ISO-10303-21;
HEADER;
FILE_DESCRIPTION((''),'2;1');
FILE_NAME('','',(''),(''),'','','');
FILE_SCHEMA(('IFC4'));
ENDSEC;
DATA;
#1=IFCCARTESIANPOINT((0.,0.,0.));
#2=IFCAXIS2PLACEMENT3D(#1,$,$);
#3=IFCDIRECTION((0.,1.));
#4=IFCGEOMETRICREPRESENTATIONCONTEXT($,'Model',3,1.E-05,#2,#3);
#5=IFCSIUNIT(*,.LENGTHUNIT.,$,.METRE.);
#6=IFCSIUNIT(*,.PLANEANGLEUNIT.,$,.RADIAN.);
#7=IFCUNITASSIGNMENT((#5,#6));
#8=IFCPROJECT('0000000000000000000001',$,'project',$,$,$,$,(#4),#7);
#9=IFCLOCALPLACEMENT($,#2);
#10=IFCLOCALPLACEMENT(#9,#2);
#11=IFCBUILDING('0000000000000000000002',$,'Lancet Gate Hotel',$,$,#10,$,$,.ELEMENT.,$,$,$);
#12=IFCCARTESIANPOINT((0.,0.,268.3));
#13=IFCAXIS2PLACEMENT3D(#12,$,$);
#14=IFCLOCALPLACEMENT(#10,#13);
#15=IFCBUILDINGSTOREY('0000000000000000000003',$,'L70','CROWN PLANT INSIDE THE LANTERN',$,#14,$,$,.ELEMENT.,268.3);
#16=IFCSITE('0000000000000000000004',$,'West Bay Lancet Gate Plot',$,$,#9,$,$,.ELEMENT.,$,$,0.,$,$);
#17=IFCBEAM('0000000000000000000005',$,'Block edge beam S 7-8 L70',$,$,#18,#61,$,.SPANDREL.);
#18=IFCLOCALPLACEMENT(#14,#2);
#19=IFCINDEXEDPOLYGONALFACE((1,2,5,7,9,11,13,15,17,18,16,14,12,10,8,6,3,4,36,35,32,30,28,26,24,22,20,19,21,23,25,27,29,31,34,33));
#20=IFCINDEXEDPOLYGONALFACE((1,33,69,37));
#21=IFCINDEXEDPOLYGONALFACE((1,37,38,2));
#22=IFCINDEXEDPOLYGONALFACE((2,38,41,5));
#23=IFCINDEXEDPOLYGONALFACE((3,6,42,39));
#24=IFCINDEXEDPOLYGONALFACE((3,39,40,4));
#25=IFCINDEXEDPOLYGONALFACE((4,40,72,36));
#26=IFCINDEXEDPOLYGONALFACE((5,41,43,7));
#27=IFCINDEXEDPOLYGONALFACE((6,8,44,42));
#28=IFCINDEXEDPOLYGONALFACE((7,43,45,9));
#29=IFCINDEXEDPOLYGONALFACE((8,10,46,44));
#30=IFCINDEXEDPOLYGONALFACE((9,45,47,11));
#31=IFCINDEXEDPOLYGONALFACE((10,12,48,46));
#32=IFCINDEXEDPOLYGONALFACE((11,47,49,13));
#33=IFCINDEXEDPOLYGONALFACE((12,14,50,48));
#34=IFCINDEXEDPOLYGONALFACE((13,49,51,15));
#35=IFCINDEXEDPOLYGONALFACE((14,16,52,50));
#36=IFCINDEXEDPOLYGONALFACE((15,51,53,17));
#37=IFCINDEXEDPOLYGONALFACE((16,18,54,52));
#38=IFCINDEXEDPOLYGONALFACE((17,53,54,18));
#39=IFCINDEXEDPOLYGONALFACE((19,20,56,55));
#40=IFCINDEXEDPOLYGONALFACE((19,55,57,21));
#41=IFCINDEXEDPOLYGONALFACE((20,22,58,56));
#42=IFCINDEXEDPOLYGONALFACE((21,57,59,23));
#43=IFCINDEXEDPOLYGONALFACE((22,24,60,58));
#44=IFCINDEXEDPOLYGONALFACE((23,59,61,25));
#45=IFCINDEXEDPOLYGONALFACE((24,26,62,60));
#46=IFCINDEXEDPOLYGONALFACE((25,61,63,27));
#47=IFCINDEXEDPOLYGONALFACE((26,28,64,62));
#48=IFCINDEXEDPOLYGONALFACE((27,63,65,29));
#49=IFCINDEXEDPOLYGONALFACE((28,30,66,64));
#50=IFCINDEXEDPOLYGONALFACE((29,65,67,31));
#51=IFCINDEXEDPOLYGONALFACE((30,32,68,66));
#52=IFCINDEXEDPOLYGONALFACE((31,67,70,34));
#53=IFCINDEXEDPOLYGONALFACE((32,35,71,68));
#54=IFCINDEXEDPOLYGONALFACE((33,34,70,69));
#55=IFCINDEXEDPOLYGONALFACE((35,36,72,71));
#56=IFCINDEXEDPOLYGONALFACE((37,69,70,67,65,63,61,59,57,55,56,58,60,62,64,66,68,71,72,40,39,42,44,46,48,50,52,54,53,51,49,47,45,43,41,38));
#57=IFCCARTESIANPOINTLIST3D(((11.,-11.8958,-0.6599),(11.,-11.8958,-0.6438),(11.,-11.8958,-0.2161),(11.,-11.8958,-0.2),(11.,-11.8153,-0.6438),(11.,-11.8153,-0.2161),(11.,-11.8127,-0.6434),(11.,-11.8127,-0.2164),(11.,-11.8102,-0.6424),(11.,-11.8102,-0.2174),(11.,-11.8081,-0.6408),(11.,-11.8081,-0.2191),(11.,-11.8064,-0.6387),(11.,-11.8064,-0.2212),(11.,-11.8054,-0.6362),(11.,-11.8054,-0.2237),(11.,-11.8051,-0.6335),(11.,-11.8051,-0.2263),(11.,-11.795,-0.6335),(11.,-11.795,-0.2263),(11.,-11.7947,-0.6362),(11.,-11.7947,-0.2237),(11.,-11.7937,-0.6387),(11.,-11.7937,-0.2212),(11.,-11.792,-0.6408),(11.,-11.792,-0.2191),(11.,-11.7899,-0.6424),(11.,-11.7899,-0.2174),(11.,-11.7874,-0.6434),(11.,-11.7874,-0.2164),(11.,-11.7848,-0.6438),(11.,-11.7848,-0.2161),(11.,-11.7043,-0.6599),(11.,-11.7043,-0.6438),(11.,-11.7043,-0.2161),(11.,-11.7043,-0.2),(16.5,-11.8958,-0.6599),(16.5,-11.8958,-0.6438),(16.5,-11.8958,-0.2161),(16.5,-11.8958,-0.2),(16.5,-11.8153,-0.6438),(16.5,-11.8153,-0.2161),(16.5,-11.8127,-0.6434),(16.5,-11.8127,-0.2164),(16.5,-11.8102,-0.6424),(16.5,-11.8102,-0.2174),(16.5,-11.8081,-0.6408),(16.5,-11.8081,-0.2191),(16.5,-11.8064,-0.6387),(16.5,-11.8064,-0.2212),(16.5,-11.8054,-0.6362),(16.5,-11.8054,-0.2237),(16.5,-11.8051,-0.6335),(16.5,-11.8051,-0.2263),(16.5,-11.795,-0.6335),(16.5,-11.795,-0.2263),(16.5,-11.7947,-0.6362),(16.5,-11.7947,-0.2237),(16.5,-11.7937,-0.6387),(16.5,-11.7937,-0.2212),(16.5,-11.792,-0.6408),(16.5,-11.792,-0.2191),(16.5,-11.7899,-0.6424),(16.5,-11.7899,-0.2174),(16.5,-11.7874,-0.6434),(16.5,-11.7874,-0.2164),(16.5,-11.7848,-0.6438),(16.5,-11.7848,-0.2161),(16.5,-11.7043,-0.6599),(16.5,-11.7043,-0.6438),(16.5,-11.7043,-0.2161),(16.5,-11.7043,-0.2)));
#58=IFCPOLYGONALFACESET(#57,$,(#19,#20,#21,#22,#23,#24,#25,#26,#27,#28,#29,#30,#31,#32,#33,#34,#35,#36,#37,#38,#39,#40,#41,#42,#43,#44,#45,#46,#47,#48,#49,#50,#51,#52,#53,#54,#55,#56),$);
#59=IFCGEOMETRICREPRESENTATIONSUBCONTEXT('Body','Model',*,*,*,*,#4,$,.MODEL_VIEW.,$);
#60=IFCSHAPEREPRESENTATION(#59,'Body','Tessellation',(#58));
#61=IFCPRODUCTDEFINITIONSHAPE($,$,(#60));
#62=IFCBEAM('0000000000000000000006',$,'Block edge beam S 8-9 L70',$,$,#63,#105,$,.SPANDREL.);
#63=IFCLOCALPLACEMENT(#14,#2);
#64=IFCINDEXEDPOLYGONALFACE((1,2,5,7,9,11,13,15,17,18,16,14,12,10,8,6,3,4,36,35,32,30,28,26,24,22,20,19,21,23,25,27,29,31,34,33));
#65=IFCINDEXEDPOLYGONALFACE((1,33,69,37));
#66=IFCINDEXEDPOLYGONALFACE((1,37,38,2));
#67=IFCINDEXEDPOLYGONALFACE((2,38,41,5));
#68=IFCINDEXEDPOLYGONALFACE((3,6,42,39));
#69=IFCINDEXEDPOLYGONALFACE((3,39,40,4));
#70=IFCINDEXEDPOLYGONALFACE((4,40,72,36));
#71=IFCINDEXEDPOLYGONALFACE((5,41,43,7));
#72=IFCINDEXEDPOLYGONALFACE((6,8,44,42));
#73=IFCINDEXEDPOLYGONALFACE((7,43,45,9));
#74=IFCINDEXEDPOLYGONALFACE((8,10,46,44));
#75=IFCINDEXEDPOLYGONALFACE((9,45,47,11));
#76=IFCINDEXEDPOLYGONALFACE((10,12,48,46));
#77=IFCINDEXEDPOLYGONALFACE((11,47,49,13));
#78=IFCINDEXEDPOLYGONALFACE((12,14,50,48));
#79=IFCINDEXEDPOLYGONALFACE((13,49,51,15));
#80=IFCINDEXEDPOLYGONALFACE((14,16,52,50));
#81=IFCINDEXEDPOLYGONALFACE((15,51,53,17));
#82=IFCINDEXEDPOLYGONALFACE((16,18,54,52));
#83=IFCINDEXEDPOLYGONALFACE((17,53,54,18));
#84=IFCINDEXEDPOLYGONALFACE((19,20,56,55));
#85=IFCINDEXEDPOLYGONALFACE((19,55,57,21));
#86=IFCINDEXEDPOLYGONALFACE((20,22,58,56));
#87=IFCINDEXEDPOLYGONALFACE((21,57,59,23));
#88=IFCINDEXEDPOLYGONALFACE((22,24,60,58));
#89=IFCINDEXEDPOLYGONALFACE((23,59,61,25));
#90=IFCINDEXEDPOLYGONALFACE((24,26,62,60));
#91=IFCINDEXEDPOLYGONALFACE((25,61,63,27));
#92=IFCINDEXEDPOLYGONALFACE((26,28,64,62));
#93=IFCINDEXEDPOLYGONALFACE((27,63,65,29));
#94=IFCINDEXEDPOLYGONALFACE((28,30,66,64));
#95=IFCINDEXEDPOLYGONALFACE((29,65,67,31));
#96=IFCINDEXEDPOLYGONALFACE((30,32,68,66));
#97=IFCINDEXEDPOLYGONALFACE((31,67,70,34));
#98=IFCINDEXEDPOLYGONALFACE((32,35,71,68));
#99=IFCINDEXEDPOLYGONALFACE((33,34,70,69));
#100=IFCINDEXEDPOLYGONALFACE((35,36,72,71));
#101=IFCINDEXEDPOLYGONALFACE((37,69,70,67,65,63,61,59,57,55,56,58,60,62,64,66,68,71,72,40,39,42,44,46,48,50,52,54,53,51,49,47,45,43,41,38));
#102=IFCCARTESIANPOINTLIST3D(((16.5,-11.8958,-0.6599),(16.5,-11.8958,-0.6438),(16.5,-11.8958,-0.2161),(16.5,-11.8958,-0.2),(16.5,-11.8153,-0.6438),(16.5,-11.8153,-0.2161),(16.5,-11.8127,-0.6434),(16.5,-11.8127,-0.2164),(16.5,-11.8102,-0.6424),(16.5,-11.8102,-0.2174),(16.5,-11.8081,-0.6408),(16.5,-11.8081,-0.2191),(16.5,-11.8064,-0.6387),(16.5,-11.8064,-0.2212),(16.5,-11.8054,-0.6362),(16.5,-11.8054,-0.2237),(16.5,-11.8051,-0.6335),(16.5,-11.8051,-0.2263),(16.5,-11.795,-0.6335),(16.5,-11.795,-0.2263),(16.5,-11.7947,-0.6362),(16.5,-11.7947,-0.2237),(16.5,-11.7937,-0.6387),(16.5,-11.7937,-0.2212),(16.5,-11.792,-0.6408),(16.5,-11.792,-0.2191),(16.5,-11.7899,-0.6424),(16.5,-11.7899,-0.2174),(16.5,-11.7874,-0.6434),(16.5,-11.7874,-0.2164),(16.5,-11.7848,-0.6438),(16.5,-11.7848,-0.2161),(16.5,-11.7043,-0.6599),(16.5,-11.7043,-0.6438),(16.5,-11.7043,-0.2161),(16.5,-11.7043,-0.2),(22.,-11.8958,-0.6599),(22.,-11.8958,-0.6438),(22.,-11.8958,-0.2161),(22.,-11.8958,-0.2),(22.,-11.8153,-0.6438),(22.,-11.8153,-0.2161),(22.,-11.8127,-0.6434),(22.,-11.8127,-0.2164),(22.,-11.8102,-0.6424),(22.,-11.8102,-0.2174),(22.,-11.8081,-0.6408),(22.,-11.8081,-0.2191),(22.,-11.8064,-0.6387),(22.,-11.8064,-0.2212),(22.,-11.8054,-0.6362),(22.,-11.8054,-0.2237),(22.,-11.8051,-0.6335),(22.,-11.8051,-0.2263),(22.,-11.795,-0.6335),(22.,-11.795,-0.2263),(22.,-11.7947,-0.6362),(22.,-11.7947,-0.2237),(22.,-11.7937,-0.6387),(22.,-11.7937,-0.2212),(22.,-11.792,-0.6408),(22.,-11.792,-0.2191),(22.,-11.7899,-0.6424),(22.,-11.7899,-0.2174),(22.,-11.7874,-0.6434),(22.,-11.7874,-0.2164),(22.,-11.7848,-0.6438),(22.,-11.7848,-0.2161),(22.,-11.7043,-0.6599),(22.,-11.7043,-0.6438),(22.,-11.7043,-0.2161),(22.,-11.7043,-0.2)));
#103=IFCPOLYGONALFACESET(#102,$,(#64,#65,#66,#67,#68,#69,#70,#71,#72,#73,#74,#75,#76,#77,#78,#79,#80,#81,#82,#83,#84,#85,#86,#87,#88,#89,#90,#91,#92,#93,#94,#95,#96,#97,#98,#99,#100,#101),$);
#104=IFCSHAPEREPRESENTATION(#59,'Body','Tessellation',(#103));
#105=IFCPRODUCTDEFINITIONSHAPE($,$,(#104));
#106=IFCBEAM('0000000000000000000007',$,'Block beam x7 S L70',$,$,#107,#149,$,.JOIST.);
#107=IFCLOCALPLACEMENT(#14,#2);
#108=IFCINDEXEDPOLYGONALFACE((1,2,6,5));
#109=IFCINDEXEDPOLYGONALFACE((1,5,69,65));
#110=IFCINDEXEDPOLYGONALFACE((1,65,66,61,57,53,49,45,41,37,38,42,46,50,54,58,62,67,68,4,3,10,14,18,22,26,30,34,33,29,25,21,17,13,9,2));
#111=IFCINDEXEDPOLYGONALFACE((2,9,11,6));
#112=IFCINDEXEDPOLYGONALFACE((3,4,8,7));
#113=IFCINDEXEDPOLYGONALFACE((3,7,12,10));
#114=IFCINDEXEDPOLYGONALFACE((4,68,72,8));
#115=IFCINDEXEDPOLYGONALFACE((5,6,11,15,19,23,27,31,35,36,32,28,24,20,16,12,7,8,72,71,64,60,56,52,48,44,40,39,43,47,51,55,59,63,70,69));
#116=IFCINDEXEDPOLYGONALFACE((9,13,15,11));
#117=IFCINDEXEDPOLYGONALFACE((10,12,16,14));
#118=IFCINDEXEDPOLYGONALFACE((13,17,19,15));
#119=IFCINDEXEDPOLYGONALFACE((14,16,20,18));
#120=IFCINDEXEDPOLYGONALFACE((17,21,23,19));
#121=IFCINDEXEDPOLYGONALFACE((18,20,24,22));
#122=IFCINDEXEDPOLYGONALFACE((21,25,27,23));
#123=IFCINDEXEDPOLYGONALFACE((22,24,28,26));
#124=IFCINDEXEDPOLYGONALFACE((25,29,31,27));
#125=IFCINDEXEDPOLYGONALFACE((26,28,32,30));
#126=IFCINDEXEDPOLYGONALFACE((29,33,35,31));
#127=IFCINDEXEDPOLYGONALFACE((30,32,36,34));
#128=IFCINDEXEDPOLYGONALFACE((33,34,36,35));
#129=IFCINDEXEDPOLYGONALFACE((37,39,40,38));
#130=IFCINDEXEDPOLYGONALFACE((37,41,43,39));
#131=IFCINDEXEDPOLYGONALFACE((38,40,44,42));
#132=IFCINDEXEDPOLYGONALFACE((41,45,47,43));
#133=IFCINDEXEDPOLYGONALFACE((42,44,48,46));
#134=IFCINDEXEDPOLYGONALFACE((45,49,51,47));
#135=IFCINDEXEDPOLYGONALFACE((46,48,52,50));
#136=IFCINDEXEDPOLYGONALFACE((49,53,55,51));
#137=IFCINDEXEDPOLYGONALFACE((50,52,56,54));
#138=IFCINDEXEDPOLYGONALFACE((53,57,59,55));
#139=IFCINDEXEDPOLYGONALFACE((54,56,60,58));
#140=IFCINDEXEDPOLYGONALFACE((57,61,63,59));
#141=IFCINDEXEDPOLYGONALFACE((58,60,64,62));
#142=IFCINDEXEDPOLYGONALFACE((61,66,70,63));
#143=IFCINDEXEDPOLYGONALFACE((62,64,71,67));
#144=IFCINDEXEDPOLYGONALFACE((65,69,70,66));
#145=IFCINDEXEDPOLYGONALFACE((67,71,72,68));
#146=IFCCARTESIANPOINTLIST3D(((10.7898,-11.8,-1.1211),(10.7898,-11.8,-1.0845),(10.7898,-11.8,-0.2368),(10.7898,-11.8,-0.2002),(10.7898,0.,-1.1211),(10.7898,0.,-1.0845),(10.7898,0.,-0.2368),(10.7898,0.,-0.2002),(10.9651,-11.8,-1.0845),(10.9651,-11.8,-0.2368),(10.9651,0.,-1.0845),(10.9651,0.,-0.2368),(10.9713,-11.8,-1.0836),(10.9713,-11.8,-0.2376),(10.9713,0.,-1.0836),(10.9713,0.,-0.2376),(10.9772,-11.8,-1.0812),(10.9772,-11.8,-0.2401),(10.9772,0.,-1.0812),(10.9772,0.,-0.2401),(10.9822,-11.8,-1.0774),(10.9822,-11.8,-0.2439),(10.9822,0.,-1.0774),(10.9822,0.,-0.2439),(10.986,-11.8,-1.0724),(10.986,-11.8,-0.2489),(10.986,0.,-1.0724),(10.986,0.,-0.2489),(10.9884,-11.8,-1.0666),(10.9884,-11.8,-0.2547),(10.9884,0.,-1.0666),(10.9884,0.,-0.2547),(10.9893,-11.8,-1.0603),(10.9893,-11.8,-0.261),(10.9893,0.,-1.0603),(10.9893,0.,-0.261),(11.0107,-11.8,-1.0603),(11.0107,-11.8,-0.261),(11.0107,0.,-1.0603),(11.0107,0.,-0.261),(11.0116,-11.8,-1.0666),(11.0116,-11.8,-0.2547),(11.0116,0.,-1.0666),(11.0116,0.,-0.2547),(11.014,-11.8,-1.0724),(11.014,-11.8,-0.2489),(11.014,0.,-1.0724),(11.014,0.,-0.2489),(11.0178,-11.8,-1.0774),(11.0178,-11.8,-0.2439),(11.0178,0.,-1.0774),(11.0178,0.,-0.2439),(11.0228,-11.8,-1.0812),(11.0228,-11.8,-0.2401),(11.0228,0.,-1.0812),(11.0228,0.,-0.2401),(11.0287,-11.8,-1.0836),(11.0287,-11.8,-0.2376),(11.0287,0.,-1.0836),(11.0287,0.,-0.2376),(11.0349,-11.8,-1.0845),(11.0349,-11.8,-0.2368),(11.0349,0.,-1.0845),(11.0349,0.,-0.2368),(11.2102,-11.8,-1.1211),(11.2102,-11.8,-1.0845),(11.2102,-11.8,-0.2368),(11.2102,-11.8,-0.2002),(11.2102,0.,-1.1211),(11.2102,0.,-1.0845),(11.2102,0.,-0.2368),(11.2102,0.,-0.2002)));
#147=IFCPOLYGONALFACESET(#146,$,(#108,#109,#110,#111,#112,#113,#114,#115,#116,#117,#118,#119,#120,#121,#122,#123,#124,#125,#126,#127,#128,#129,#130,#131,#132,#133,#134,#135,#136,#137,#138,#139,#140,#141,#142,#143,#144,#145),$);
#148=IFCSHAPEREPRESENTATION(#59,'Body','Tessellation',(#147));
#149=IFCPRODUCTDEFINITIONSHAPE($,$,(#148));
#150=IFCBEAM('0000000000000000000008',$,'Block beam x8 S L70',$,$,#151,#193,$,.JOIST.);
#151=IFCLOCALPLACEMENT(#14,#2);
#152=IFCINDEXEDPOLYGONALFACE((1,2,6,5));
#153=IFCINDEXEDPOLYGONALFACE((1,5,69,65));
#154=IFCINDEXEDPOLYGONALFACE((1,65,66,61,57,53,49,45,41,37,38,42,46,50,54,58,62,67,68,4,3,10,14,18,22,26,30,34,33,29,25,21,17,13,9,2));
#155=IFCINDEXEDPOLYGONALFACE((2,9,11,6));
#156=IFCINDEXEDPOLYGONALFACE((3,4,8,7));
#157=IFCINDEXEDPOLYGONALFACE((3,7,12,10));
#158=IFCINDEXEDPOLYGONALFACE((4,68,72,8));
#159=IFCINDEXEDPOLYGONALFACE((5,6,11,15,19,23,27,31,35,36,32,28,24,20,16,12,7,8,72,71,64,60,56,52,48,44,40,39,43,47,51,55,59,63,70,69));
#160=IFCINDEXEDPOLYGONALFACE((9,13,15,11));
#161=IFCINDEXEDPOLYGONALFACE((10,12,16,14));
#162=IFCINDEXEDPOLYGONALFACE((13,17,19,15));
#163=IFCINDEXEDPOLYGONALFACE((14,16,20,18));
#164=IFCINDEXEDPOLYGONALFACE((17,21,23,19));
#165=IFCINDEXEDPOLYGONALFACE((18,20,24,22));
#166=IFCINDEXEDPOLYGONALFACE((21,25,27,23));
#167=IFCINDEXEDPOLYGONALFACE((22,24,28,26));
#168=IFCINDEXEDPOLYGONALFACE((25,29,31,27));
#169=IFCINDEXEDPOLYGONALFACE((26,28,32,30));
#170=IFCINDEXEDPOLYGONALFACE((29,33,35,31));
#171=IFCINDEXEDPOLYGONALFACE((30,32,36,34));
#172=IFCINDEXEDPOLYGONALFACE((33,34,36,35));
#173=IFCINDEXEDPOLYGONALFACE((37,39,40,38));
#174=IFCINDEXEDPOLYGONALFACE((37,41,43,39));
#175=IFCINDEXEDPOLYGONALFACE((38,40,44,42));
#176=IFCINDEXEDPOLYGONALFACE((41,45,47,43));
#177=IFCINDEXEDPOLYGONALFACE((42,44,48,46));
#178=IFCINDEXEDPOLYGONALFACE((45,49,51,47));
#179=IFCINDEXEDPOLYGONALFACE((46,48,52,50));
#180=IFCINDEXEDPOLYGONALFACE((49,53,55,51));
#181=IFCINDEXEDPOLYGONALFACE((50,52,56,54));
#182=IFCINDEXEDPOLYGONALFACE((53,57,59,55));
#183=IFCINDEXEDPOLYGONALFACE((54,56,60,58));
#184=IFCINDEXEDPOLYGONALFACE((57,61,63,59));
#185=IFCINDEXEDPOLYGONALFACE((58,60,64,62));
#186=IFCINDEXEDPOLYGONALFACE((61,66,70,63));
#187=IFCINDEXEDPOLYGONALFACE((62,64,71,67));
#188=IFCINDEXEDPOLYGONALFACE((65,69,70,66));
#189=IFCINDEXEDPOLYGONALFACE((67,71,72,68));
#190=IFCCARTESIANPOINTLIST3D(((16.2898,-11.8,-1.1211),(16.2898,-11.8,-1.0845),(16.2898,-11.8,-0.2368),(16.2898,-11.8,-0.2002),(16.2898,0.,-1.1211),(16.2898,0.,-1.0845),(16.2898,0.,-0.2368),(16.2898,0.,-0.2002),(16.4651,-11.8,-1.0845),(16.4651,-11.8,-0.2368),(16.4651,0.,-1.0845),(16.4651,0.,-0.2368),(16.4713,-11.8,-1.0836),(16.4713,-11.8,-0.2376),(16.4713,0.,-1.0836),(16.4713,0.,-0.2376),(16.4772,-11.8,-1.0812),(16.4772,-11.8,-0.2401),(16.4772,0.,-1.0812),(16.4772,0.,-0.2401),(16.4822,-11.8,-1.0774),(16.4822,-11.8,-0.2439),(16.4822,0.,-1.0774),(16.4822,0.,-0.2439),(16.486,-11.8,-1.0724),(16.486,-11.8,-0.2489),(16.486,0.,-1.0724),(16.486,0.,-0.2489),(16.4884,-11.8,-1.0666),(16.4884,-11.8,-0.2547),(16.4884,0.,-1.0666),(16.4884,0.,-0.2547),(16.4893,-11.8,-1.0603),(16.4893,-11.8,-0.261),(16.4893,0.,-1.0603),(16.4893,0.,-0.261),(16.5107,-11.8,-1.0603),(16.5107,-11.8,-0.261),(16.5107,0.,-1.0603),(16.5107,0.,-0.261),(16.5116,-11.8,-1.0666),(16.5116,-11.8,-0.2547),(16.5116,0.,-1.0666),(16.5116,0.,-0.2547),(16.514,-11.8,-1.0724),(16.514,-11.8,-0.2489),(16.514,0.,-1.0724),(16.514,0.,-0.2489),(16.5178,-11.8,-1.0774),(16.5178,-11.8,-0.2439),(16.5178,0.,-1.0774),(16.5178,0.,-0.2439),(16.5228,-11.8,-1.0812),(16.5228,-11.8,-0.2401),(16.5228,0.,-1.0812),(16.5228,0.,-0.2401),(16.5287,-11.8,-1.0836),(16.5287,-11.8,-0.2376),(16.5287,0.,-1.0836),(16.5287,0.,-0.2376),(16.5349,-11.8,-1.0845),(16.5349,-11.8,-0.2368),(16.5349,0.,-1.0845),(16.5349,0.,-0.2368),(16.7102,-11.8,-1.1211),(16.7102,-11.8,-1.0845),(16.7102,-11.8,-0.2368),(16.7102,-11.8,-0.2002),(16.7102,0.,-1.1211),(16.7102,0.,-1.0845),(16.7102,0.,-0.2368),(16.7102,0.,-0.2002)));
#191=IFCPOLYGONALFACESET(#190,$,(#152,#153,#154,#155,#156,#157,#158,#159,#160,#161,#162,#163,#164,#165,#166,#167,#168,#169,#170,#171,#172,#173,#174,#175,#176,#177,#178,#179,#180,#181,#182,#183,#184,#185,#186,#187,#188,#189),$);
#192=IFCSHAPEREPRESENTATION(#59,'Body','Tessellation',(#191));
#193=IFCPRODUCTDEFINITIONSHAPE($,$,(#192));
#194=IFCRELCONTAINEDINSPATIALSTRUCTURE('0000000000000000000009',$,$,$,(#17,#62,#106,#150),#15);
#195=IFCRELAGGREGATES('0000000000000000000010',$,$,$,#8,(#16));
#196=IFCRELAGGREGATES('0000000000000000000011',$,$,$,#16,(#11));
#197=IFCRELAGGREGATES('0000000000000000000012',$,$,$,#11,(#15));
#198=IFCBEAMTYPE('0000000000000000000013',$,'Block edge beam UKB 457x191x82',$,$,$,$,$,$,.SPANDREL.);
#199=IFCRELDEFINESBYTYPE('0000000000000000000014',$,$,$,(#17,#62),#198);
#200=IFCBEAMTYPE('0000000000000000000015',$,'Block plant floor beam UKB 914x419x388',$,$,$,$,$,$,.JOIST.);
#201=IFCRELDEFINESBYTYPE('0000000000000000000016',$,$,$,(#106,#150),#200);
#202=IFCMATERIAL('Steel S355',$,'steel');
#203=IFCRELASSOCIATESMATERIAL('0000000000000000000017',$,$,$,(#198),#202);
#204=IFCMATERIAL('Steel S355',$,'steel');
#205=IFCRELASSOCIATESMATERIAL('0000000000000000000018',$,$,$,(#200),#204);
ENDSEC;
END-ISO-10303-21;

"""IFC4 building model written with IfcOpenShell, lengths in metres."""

from ifc_helpers import new_model, si_unit, direction, frame, origin, origin_2d, place, context, subcontext, project, spatial, i_section, extrude, material, material_profile, profile_set, type_object, element, save


model = new_model("IFC4")

# Units and contexts
model_context = context("Model", 3, precision=1e-05, world=origin(), true_north=direction((0.0, 1.0)))
body_context = subcontext(model_context, "Body", "Model", "MODEL_VIEW")
ifc_project = project(units=[si_unit("LENGTHUNIT", "METRE"), si_unit("PLANEANGLEUNIT", "RADIAN")], contexts=[model_context])

# Site, building, storey
site_placement = place(None, origin())
site = spatial("IfcSite", under=ifc_project, at=site_placement, Name="West Bay Lancet Gate Plot", CompositionType="ELEMENT", RefElevation=0.0)
building_placement = place(site_placement, origin())
building = spatial("IfcBuilding", under=site, at=building_placement, Name="Lancet Gate Hotel", CompositionType="ELEMENT")
storey_placement = place(building_placement, frame((0.0, 0.0, 268.3)))
storey = spatial("IfcBuildingStorey", under=building, at=storey_placement, Name="L70", Description="CROWN PLANT INSIDE THE LANTERN", CompositionType="ELEMENT", Elevation=268.3)

# Beams
ifc_material_1 = material(Name="Steel S355", Category="steel")
ifc_material_profile_1 = material_profile(ifc_material_1, i_section(OverallWidth=0.1914, OverallDepth=0.46, WebThickness=0.01, FlangeThickness=0.0161, FilletRadius=0.0103, at=origin_2d()), Name="UKB 457x191x82")
ifc_profile_set_1 = profile_set([ifc_material_profile_1], Name="Steel S355")
beam_type_1 = type_object("IfcBeamType", Name="Block edge beam UKB 457x191x82", PredefinedType="SPANDREL", material=ifc_profile_set_1)
for number, where, z_axis, x_axis, name in (
    (1, (11.0, -11.8, -0.4299), (1.0, 0.0, 0.0), (0.0, 1.0, 0.0), "Block edge beam S 7-8 L70"),
    (2, (16.5, -11.8, -0.4299), (1.0, 0.0, 0.0), (0.0, 1.0, 0.0), "Block edge beam S 8-9 L70"),
):
    element("IfcBeam", number, at=place(storey_placement, frame(where, z_axis=z_axis, x_axis=x_axis)), inside=storey, type_object=beam_type_1, Name=name, PredefinedType="SPANDREL", context=body_context, shape_type="SweptSolid", body=[
        extrude(i_section(OverallWidth=0.1914, OverallDepth=0.46, WebThickness=0.01, FlangeThickness=0.0161, FilletRadius=0.0103, at=origin_2d()), origin(), (0.0, 0.0, 1.0), 5.5),
    ])
ifc_material_2 = material(Name="Steel S355", Category="steel")
ifc_material_profile_2 = material_profile(ifc_material_2, i_section(OverallWidth=0.4204, OverallDepth=0.9209, WebThickness=0.0215, FlangeThickness=0.0366, FilletRadius=0.0242, at=origin_2d()), Name="UKB 914x419x388")
ifc_profile_set_2 = profile_set([ifc_material_profile_2], Name="Steel S355")
beam_type_2 = type_object("IfcBeamType", Name="Block plant floor beam UKB 914x419x388", PredefinedType="JOIST", material=ifc_profile_set_2)
for number, where, z_axis, x_axis, name in (
    (3, (11.0, -11.8, -0.6606), (0.0, 1.0, 0.0), (-1.0, 0.0, 0.0), "Block beam x7 S L70"),
    (4, (16.5, -11.8, -0.6606), (0.0, 1.0, 0.0), (-1.0, 0.0, 0.0), "Block beam x8 S L70"),
):
    element("IfcBeam", number, at=place(storey_placement, frame(where, z_axis=z_axis, x_axis=x_axis)), inside=storey, type_object=beam_type_2, Name=name, PredefinedType="JOIST", context=body_context, shape_type="SweptSolid", body=[
        extrude(i_section(OverallWidth=0.4204, OverallDepth=0.9209, WebThickness=0.0215, FlangeThickness=0.0366, FilletRadius=0.0242, at=origin_2d()), origin(), (0.0, 0.0, 1.0), 11.8),
    ])

save(model, "model.ifc")
